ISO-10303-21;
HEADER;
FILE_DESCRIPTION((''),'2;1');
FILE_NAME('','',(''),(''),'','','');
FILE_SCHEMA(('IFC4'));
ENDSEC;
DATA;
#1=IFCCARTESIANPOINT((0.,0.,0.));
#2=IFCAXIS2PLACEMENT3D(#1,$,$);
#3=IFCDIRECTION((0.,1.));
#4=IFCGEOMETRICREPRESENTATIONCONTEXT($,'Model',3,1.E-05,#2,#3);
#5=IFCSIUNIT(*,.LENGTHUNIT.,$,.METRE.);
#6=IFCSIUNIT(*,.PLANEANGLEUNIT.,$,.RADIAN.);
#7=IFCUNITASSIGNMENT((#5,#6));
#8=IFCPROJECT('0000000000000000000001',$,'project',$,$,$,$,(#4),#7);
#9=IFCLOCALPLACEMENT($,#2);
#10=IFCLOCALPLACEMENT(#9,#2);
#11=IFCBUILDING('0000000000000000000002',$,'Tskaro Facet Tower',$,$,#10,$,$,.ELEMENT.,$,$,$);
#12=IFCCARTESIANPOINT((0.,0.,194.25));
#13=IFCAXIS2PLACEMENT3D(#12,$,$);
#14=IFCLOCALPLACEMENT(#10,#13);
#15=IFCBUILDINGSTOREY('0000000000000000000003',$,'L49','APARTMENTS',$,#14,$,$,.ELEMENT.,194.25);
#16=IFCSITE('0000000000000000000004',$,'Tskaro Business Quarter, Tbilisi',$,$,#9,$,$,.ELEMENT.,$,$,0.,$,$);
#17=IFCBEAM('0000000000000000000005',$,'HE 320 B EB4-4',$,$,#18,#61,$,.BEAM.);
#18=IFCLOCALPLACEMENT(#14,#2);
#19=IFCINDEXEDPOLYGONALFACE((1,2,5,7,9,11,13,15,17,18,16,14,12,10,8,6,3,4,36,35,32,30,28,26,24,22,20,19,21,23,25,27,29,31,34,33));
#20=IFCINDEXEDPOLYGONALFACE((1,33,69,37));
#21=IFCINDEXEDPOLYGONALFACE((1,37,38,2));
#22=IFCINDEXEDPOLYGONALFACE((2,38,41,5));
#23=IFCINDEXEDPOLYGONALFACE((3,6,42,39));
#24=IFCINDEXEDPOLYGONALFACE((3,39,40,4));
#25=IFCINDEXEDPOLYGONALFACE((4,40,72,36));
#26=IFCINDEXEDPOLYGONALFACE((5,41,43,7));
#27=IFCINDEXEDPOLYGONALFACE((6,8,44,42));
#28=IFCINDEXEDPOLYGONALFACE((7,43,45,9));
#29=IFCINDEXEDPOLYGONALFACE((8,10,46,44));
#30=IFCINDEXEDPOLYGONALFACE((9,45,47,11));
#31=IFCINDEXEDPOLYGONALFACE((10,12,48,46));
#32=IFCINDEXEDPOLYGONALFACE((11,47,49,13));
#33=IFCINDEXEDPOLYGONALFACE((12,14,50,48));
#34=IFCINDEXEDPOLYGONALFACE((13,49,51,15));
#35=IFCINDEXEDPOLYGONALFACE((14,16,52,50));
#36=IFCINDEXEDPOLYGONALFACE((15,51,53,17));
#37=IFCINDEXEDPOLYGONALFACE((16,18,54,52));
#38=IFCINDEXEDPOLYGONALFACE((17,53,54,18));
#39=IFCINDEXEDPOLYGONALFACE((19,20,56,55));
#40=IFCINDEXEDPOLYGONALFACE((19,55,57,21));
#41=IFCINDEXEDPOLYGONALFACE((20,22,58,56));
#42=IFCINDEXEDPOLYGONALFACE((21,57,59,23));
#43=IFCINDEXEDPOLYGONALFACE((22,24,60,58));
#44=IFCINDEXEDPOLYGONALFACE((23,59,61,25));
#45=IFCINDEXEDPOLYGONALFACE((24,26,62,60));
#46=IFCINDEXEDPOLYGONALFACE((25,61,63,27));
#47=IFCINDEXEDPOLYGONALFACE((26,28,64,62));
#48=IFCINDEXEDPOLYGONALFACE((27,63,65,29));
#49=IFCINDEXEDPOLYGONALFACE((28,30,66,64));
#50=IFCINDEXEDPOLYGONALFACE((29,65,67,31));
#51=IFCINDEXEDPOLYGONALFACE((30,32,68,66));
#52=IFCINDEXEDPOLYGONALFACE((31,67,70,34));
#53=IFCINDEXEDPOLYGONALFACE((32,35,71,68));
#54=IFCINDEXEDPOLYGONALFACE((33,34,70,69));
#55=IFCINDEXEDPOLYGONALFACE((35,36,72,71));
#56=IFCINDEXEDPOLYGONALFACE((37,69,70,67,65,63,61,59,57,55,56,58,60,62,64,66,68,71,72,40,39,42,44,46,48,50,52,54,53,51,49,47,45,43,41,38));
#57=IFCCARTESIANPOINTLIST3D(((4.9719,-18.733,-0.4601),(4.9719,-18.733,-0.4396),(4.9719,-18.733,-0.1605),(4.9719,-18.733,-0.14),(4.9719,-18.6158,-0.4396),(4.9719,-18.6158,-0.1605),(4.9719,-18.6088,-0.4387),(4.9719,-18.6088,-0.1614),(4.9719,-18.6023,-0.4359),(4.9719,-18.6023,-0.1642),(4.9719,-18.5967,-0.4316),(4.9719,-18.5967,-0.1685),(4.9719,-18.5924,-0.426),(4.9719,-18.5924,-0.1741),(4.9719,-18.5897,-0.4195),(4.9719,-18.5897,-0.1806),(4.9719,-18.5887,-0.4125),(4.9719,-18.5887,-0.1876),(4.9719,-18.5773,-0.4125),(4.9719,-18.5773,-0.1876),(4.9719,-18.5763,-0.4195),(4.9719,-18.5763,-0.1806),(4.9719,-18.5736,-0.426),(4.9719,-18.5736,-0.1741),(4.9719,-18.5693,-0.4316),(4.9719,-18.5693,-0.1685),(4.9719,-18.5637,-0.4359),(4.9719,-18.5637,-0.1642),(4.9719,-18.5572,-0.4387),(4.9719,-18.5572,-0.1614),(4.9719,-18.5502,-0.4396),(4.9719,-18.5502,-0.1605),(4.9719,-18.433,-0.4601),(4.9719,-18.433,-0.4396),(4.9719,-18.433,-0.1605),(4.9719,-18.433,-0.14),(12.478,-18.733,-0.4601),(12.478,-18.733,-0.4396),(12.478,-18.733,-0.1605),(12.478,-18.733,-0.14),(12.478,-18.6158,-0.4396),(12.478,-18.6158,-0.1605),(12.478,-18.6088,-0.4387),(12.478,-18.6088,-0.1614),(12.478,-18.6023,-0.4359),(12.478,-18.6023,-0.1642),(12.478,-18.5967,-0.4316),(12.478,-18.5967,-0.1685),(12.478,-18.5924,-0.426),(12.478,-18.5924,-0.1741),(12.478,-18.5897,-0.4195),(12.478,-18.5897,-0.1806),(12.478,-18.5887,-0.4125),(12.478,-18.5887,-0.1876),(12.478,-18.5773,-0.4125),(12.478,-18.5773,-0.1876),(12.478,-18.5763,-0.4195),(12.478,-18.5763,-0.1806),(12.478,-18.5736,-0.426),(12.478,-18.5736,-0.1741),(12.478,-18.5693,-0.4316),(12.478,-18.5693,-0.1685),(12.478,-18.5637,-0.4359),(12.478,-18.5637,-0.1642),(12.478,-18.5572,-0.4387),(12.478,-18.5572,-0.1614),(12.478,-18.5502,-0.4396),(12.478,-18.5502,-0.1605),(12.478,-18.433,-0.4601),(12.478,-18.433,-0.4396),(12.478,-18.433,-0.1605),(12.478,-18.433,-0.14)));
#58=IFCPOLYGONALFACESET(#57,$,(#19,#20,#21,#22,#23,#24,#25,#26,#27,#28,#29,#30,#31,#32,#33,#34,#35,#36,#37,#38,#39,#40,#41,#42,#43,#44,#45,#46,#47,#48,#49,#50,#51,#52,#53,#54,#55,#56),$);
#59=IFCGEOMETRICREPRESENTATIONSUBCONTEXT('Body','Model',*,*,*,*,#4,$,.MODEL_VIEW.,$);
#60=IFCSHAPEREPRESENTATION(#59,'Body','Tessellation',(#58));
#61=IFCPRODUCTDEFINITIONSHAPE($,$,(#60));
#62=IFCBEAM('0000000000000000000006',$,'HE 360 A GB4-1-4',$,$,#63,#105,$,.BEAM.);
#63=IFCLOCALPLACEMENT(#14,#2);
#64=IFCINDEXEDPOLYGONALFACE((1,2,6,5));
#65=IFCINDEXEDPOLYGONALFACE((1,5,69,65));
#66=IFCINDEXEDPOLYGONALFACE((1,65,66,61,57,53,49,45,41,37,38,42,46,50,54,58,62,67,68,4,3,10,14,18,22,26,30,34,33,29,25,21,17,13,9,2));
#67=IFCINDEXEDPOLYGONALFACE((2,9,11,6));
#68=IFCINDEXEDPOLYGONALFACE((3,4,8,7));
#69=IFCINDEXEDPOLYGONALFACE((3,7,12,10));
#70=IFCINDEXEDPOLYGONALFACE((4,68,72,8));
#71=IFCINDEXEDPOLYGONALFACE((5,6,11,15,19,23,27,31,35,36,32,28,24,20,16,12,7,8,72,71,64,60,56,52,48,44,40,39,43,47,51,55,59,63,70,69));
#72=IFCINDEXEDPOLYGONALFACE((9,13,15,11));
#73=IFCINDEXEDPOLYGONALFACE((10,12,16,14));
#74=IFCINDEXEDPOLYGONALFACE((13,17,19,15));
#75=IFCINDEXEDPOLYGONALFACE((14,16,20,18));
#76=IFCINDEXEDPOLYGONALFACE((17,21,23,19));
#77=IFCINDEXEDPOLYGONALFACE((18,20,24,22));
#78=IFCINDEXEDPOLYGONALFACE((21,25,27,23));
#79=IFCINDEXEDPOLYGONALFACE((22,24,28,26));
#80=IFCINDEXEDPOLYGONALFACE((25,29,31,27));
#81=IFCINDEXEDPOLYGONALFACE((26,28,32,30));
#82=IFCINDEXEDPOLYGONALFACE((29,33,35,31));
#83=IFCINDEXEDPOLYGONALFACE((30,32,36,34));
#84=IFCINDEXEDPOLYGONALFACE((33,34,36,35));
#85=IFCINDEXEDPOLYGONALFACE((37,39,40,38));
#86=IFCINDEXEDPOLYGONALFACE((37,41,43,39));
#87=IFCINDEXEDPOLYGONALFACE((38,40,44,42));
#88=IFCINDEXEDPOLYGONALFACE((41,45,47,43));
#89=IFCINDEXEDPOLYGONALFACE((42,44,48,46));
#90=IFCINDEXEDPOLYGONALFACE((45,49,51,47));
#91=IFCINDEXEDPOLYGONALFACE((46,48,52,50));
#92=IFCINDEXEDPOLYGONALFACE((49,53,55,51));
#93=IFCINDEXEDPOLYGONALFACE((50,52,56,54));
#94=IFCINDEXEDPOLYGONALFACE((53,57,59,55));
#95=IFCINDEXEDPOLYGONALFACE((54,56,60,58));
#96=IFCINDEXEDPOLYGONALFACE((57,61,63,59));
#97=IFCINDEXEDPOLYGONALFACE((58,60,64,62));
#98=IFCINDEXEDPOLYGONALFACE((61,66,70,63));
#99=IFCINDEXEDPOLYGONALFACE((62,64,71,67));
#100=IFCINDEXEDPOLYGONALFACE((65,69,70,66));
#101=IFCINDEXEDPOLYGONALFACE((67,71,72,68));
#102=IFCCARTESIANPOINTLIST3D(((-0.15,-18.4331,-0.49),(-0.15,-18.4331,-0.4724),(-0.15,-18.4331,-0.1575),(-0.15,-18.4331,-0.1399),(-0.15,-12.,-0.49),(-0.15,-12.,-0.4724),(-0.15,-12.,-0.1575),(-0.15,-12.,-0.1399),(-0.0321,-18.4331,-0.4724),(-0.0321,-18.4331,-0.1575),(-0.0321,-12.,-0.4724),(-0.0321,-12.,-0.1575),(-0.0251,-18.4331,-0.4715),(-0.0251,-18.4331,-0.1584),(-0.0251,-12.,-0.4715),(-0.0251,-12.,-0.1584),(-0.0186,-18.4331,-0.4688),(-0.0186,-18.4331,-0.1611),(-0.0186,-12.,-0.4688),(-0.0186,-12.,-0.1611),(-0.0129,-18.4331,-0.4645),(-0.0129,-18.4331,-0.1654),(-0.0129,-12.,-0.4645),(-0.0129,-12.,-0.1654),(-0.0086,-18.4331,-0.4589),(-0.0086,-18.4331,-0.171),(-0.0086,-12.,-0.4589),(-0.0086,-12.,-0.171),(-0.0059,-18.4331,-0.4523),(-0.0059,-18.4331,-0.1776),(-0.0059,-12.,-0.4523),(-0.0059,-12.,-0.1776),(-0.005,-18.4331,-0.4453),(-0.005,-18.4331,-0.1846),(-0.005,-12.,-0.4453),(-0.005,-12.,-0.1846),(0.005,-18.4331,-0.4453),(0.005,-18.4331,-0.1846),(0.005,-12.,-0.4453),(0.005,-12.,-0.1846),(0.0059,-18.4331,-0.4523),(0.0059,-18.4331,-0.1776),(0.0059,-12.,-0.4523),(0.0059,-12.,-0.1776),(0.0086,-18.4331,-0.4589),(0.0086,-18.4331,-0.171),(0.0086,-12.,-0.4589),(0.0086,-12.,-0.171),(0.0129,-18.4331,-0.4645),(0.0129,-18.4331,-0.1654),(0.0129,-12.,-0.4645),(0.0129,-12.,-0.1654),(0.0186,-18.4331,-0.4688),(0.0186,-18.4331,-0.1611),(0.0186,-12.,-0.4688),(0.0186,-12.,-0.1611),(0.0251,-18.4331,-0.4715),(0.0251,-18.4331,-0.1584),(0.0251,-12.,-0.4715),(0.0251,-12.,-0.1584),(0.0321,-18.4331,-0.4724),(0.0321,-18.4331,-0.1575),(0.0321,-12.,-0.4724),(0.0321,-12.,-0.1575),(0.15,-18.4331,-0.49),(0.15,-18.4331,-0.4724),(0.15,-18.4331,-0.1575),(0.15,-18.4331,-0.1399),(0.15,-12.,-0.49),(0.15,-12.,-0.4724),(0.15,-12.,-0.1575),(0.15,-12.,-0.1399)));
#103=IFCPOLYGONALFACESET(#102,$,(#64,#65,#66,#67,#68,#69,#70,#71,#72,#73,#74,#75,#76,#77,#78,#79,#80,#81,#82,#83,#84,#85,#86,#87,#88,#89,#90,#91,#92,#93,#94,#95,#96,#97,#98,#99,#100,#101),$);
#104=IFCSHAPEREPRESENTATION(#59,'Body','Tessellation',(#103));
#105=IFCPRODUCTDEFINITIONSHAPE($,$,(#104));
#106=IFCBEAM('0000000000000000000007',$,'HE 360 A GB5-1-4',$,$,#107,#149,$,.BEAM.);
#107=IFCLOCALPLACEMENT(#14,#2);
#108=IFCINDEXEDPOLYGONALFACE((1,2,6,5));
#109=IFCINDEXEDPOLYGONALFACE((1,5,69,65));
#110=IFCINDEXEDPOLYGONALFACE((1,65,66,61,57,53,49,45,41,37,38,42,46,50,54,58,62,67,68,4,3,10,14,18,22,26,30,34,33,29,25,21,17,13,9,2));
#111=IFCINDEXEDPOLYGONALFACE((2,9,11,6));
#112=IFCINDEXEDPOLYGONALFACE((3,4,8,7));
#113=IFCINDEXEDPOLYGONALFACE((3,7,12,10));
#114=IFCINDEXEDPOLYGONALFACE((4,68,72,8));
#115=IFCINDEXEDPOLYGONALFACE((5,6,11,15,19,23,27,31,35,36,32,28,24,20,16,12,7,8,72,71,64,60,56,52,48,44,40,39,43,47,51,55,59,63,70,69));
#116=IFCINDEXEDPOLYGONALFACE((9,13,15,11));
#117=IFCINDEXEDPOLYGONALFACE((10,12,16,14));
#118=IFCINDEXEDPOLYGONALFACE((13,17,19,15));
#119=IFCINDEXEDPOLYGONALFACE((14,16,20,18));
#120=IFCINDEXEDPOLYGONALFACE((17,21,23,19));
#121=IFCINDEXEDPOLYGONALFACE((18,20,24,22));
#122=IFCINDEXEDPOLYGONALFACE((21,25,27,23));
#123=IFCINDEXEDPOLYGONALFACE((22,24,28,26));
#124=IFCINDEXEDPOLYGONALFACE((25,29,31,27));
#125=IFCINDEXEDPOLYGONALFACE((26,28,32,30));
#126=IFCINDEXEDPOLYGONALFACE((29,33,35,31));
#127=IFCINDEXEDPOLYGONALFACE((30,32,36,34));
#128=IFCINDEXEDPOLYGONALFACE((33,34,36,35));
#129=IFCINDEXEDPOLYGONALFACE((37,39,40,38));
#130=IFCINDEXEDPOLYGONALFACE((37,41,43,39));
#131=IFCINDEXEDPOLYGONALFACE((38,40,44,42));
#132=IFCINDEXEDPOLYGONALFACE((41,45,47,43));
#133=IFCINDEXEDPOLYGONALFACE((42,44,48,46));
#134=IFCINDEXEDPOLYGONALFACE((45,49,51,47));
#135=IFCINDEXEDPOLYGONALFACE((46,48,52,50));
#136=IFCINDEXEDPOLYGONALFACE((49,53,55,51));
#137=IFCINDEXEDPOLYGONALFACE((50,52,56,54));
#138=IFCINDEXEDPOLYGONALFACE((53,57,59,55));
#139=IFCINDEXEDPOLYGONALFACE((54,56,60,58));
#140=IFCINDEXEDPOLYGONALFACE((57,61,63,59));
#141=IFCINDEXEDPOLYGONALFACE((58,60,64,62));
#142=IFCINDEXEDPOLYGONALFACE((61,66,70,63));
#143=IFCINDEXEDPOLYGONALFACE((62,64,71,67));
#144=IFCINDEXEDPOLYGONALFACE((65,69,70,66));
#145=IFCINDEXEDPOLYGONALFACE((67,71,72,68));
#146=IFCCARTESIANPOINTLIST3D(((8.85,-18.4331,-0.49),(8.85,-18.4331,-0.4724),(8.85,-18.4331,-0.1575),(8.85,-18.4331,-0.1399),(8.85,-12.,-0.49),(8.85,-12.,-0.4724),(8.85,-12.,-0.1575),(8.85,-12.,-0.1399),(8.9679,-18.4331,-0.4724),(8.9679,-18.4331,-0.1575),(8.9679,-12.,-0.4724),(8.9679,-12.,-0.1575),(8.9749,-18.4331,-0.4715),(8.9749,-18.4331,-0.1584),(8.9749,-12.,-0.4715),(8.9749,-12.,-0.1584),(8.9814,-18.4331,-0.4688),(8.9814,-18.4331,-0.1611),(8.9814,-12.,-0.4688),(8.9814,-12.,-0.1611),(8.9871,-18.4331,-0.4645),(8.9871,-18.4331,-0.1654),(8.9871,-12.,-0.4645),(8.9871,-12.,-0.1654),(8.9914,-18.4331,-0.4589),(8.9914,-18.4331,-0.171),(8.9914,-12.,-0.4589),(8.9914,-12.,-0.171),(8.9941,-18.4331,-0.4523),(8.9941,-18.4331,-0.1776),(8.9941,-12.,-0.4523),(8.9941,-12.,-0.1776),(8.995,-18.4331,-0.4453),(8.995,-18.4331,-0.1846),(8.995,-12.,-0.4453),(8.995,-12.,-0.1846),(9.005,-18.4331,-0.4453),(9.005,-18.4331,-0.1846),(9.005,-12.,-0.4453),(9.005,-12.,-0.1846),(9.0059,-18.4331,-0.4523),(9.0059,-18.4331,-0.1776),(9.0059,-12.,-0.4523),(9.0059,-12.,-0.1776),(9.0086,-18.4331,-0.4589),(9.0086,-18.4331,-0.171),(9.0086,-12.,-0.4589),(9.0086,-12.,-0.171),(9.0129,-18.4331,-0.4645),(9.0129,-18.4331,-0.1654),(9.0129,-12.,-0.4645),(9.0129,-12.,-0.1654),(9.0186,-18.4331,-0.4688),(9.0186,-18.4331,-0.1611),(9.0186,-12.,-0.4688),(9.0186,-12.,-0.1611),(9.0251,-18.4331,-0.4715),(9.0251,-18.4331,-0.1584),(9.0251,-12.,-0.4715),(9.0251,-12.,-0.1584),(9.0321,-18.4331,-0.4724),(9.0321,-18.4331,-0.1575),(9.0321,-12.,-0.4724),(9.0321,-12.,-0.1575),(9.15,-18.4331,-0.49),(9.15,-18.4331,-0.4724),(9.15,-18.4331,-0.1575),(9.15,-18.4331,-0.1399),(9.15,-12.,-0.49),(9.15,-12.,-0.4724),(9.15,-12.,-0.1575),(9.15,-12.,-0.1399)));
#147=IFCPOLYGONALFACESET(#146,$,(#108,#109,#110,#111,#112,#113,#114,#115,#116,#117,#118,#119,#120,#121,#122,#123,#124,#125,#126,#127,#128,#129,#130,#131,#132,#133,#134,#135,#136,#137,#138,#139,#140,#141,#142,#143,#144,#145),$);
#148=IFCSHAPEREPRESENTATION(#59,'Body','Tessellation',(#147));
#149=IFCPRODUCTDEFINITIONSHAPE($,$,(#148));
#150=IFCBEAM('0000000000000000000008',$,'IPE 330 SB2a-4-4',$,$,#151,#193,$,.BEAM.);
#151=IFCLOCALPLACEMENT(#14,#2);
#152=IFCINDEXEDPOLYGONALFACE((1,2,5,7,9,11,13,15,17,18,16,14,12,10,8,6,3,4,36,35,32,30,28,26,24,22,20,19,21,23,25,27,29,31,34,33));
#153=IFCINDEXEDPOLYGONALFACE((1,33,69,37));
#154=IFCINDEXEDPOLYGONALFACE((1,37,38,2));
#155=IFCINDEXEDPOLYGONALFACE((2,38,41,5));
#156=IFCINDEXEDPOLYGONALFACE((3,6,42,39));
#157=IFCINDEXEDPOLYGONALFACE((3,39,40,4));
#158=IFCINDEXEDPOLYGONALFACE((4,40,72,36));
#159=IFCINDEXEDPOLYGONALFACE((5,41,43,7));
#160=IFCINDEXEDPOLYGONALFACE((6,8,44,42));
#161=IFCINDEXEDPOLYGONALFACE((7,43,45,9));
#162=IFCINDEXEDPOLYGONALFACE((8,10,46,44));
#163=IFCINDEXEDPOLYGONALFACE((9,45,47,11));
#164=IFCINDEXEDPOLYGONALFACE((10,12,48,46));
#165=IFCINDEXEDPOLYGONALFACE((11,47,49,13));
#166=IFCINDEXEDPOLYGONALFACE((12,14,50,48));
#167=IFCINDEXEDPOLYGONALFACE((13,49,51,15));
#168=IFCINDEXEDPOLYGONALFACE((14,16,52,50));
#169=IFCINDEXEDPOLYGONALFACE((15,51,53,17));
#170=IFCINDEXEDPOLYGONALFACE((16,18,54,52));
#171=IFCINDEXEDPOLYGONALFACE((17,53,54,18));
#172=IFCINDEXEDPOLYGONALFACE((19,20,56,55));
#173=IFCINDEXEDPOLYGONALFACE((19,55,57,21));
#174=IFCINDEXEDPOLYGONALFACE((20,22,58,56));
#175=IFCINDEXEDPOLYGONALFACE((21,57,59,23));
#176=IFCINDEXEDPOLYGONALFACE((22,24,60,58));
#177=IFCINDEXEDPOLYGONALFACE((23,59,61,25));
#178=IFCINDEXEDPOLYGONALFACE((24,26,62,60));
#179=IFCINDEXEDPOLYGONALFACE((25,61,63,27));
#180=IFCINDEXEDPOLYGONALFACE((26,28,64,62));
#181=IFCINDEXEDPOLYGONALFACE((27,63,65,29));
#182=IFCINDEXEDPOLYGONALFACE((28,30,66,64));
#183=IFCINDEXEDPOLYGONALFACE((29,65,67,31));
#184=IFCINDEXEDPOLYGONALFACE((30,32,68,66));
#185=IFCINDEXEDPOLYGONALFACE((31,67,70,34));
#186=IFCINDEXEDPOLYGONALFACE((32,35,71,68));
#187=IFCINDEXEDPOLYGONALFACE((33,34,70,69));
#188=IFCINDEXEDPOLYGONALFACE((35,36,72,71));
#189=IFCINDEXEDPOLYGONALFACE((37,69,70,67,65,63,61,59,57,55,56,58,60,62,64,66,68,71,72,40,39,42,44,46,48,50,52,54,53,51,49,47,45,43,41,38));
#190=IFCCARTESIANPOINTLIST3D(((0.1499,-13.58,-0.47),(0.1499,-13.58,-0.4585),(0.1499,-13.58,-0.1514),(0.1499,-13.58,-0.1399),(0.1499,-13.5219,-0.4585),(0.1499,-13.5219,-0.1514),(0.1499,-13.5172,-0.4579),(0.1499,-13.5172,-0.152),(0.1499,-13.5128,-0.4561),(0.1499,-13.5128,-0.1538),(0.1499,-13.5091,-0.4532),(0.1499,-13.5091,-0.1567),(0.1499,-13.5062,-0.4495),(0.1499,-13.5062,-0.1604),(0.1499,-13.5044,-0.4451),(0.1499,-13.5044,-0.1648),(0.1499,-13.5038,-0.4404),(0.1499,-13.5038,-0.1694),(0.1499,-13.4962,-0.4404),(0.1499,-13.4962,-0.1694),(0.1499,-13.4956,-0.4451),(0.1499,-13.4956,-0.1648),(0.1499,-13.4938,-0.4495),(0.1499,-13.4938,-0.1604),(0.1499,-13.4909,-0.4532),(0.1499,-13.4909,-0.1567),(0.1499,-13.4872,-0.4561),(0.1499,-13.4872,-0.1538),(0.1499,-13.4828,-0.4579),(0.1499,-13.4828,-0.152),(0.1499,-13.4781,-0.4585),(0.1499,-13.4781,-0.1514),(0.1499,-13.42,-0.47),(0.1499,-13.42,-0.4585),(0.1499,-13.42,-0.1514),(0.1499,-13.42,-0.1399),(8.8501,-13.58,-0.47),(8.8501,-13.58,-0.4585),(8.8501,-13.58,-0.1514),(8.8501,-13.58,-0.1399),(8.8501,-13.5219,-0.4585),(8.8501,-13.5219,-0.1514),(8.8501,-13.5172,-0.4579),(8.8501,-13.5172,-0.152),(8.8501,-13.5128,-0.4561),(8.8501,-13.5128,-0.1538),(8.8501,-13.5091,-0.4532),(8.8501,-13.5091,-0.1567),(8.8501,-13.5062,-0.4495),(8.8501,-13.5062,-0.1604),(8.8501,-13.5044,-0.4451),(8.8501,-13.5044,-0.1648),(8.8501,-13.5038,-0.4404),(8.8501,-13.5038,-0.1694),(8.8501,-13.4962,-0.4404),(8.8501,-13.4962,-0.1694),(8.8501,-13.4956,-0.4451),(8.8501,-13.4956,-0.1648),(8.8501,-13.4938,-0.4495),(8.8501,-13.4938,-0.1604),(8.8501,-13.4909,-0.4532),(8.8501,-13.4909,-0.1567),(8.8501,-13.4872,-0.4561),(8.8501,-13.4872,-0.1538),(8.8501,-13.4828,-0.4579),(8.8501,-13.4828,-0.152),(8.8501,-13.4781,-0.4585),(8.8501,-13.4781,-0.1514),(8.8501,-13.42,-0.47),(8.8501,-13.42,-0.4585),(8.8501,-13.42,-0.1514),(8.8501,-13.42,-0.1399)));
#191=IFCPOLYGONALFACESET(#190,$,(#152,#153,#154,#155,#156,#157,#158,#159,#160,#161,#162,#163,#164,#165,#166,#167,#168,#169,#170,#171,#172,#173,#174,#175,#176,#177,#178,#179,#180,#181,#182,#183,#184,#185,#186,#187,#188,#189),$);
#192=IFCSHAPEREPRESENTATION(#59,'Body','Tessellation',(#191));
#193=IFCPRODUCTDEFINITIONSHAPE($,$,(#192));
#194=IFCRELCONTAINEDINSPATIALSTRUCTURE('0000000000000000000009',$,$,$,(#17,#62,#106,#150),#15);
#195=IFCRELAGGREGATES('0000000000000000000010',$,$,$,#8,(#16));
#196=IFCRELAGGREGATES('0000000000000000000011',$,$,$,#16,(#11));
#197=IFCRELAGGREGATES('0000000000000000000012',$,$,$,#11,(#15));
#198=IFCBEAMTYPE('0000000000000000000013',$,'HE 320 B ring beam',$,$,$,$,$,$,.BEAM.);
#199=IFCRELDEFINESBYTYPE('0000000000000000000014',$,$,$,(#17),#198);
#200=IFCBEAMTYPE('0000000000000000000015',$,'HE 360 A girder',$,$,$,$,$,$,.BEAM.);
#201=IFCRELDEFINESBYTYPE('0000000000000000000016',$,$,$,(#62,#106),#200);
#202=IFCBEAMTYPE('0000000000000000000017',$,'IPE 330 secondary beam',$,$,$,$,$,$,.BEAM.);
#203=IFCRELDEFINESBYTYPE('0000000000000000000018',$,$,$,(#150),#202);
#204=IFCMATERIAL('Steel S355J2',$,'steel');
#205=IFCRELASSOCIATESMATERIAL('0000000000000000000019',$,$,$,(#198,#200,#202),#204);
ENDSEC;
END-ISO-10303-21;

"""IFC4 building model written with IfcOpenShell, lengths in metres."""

from ifc_helpers import new_model, si_unit, direction, frame, origin, origin_2d, place, context, subcontext, project, spatial, i_section, extrude, material, material_profile, profile_set, type_object, element, save


model = new_model("IFC4")

# Units and contexts
model_context = context("Model", 3, precision=1e-05, world=origin(), true_north=direction((0.0, 1.0)))
body_context = subcontext(model_context, "Body", "Model", "MODEL_VIEW")
ifc_project = project(units=[si_unit("LENGTHUNIT", "METRE"), si_unit("PLANEANGLEUNIT", "RADIAN")], contexts=[model_context])

# Site, building, storey
site_placement = place(None, origin())
site = spatial("IfcSite", under=ifc_project, at=site_placement, Name="Tskaro Business Quarter, Tbilisi", CompositionType="ELEMENT", RefElevation=0.0)
building_placement = place(site_placement, origin())
building = spatial("IfcBuilding", under=site, at=building_placement, Name="Tskaro Facet Tower", CompositionType="ELEMENT")
storey_placement = place(building_placement, frame((0.0, 0.0, 194.25)))
storey = spatial("IfcBuildingStorey", under=building, at=storey_placement, Name="L49", Description="APARTMENTS", CompositionType="ELEMENT", Elevation=194.25)

# Beams
ifc_material_1 = material(Name="Steel S355J2", Category="steel")
ifc_material_profile_1 = material_profile(ifc_material_1, i_section(OverallWidth=0.3, OverallDepth=0.3201, WebThickness=0.0115, FlangeThickness=0.0205, FilletRadius=0.0271, at=origin_2d()), Name="HE 320 B")
ifc_profile_set_1 = profile_set([ifc_material_profile_1], Name="Steel S355J2")
beam_type_1 = type_object("IfcBeamType", Name="HE 320 B ring beam", PredefinedType="BEAM", material=ifc_profile_set_1)
beam_1_placement = place(storey_placement, frame((4.9719, -18.583, -0.3), z_axis=(1.0, 0.0, 0.0), x_axis=(0.0, 1.0, 0.0)))
element("IfcBeam", 1, at=beam_1_placement, inside=storey, type_object=beam_type_1, Name="HE 320 B EB4-4", PredefinedType="BEAM", context=body_context, shape_type="SweptSolid", body=[
    extrude(i_section(OverallWidth=0.3, OverallDepth=0.3201, WebThickness=0.0115, FlangeThickness=0.0205, FilletRadius=0.0271, at=origin_2d()), origin(), (0.0, 0.0, 1.0), 7.5061),
])
ifc_material_profile_2 = material_profile(ifc_material_1, i_section(OverallWidth=0.3, OverallDepth=0.3501, WebThickness=0.01, FlangeThickness=0.0176, FilletRadius=0.0271, at=origin_2d()), Name="HE 360 A")
ifc_profile_set_2 = profile_set([ifc_material_profile_2], Name="Steel S355J2")
beam_type_2 = type_object("IfcBeamType", Name="HE 360 A girder", PredefinedType="BEAM", material=ifc_profile_set_2)
for number, where, z_axis, x_axis, name in (
    (2, (0.0, -18.4331, -0.3149), (0.0, 1.0, 0.0), (-1.0, 0.0, 0.0), "HE 360 A GB4-1-4"),
    (3, (9.0, -18.4331, -0.3149), (0.0, 1.0, 0.0), (-1.0, 0.0, 0.0), "HE 360 A GB5-1-4"),
):
    element("IfcBeam", number, at=place(storey_placement, frame(where, z_axis=z_axis, x_axis=x_axis)), inside=storey, type_object=beam_type_2, Name=name, PredefinedType="BEAM", context=body_context, shape_type="SweptSolid", body=[
        extrude(i_section(OverallWidth=0.3, OverallDepth=0.3501, WebThickness=0.01, FlangeThickness=0.0176, FilletRadius=0.0271, at=origin_2d()), origin(), (0.0, 0.0, 1.0), 6.4331),
    ])
ifc_material_profile_3 = material_profile(ifc_material_1, i_section(OverallWidth=0.1599, OverallDepth=0.3301, WebThickness=0.0076, FlangeThickness=0.0115, FilletRadius=0.0181, at=origin_2d()), Name="IPE 330")
ifc_profile_set_3 = profile_set([ifc_material_profile_3], Name="Steel S355J2")
beam_type_3 = type_object("IfcBeamType", Name="IPE 330 secondary beam", PredefinedType="BEAM", material=ifc_profile_set_3)
beam_2_placement = place(storey_placement, frame((0.1499, -13.5, -0.3049), z_axis=(1.0, 0.0, 0.0), x_axis=(0.0, 1.0, 0.0)))
element("IfcBeam", 4, at=beam_2_placement, inside=storey, type_object=beam_type_3, Name="IPE 330 SB2a-4-4", PredefinedType="BEAM", context=body_context, shape_type="SweptSolid", body=[
    extrude(i_section(OverallWidth=0.1599, OverallDepth=0.3301, WebThickness=0.0076, FlangeThickness=0.0115, FilletRadius=0.0181, at=origin_2d()), origin(), (0.0, 0.0, 1.0), 8.7002),
])

save(model, "model.ifc")
